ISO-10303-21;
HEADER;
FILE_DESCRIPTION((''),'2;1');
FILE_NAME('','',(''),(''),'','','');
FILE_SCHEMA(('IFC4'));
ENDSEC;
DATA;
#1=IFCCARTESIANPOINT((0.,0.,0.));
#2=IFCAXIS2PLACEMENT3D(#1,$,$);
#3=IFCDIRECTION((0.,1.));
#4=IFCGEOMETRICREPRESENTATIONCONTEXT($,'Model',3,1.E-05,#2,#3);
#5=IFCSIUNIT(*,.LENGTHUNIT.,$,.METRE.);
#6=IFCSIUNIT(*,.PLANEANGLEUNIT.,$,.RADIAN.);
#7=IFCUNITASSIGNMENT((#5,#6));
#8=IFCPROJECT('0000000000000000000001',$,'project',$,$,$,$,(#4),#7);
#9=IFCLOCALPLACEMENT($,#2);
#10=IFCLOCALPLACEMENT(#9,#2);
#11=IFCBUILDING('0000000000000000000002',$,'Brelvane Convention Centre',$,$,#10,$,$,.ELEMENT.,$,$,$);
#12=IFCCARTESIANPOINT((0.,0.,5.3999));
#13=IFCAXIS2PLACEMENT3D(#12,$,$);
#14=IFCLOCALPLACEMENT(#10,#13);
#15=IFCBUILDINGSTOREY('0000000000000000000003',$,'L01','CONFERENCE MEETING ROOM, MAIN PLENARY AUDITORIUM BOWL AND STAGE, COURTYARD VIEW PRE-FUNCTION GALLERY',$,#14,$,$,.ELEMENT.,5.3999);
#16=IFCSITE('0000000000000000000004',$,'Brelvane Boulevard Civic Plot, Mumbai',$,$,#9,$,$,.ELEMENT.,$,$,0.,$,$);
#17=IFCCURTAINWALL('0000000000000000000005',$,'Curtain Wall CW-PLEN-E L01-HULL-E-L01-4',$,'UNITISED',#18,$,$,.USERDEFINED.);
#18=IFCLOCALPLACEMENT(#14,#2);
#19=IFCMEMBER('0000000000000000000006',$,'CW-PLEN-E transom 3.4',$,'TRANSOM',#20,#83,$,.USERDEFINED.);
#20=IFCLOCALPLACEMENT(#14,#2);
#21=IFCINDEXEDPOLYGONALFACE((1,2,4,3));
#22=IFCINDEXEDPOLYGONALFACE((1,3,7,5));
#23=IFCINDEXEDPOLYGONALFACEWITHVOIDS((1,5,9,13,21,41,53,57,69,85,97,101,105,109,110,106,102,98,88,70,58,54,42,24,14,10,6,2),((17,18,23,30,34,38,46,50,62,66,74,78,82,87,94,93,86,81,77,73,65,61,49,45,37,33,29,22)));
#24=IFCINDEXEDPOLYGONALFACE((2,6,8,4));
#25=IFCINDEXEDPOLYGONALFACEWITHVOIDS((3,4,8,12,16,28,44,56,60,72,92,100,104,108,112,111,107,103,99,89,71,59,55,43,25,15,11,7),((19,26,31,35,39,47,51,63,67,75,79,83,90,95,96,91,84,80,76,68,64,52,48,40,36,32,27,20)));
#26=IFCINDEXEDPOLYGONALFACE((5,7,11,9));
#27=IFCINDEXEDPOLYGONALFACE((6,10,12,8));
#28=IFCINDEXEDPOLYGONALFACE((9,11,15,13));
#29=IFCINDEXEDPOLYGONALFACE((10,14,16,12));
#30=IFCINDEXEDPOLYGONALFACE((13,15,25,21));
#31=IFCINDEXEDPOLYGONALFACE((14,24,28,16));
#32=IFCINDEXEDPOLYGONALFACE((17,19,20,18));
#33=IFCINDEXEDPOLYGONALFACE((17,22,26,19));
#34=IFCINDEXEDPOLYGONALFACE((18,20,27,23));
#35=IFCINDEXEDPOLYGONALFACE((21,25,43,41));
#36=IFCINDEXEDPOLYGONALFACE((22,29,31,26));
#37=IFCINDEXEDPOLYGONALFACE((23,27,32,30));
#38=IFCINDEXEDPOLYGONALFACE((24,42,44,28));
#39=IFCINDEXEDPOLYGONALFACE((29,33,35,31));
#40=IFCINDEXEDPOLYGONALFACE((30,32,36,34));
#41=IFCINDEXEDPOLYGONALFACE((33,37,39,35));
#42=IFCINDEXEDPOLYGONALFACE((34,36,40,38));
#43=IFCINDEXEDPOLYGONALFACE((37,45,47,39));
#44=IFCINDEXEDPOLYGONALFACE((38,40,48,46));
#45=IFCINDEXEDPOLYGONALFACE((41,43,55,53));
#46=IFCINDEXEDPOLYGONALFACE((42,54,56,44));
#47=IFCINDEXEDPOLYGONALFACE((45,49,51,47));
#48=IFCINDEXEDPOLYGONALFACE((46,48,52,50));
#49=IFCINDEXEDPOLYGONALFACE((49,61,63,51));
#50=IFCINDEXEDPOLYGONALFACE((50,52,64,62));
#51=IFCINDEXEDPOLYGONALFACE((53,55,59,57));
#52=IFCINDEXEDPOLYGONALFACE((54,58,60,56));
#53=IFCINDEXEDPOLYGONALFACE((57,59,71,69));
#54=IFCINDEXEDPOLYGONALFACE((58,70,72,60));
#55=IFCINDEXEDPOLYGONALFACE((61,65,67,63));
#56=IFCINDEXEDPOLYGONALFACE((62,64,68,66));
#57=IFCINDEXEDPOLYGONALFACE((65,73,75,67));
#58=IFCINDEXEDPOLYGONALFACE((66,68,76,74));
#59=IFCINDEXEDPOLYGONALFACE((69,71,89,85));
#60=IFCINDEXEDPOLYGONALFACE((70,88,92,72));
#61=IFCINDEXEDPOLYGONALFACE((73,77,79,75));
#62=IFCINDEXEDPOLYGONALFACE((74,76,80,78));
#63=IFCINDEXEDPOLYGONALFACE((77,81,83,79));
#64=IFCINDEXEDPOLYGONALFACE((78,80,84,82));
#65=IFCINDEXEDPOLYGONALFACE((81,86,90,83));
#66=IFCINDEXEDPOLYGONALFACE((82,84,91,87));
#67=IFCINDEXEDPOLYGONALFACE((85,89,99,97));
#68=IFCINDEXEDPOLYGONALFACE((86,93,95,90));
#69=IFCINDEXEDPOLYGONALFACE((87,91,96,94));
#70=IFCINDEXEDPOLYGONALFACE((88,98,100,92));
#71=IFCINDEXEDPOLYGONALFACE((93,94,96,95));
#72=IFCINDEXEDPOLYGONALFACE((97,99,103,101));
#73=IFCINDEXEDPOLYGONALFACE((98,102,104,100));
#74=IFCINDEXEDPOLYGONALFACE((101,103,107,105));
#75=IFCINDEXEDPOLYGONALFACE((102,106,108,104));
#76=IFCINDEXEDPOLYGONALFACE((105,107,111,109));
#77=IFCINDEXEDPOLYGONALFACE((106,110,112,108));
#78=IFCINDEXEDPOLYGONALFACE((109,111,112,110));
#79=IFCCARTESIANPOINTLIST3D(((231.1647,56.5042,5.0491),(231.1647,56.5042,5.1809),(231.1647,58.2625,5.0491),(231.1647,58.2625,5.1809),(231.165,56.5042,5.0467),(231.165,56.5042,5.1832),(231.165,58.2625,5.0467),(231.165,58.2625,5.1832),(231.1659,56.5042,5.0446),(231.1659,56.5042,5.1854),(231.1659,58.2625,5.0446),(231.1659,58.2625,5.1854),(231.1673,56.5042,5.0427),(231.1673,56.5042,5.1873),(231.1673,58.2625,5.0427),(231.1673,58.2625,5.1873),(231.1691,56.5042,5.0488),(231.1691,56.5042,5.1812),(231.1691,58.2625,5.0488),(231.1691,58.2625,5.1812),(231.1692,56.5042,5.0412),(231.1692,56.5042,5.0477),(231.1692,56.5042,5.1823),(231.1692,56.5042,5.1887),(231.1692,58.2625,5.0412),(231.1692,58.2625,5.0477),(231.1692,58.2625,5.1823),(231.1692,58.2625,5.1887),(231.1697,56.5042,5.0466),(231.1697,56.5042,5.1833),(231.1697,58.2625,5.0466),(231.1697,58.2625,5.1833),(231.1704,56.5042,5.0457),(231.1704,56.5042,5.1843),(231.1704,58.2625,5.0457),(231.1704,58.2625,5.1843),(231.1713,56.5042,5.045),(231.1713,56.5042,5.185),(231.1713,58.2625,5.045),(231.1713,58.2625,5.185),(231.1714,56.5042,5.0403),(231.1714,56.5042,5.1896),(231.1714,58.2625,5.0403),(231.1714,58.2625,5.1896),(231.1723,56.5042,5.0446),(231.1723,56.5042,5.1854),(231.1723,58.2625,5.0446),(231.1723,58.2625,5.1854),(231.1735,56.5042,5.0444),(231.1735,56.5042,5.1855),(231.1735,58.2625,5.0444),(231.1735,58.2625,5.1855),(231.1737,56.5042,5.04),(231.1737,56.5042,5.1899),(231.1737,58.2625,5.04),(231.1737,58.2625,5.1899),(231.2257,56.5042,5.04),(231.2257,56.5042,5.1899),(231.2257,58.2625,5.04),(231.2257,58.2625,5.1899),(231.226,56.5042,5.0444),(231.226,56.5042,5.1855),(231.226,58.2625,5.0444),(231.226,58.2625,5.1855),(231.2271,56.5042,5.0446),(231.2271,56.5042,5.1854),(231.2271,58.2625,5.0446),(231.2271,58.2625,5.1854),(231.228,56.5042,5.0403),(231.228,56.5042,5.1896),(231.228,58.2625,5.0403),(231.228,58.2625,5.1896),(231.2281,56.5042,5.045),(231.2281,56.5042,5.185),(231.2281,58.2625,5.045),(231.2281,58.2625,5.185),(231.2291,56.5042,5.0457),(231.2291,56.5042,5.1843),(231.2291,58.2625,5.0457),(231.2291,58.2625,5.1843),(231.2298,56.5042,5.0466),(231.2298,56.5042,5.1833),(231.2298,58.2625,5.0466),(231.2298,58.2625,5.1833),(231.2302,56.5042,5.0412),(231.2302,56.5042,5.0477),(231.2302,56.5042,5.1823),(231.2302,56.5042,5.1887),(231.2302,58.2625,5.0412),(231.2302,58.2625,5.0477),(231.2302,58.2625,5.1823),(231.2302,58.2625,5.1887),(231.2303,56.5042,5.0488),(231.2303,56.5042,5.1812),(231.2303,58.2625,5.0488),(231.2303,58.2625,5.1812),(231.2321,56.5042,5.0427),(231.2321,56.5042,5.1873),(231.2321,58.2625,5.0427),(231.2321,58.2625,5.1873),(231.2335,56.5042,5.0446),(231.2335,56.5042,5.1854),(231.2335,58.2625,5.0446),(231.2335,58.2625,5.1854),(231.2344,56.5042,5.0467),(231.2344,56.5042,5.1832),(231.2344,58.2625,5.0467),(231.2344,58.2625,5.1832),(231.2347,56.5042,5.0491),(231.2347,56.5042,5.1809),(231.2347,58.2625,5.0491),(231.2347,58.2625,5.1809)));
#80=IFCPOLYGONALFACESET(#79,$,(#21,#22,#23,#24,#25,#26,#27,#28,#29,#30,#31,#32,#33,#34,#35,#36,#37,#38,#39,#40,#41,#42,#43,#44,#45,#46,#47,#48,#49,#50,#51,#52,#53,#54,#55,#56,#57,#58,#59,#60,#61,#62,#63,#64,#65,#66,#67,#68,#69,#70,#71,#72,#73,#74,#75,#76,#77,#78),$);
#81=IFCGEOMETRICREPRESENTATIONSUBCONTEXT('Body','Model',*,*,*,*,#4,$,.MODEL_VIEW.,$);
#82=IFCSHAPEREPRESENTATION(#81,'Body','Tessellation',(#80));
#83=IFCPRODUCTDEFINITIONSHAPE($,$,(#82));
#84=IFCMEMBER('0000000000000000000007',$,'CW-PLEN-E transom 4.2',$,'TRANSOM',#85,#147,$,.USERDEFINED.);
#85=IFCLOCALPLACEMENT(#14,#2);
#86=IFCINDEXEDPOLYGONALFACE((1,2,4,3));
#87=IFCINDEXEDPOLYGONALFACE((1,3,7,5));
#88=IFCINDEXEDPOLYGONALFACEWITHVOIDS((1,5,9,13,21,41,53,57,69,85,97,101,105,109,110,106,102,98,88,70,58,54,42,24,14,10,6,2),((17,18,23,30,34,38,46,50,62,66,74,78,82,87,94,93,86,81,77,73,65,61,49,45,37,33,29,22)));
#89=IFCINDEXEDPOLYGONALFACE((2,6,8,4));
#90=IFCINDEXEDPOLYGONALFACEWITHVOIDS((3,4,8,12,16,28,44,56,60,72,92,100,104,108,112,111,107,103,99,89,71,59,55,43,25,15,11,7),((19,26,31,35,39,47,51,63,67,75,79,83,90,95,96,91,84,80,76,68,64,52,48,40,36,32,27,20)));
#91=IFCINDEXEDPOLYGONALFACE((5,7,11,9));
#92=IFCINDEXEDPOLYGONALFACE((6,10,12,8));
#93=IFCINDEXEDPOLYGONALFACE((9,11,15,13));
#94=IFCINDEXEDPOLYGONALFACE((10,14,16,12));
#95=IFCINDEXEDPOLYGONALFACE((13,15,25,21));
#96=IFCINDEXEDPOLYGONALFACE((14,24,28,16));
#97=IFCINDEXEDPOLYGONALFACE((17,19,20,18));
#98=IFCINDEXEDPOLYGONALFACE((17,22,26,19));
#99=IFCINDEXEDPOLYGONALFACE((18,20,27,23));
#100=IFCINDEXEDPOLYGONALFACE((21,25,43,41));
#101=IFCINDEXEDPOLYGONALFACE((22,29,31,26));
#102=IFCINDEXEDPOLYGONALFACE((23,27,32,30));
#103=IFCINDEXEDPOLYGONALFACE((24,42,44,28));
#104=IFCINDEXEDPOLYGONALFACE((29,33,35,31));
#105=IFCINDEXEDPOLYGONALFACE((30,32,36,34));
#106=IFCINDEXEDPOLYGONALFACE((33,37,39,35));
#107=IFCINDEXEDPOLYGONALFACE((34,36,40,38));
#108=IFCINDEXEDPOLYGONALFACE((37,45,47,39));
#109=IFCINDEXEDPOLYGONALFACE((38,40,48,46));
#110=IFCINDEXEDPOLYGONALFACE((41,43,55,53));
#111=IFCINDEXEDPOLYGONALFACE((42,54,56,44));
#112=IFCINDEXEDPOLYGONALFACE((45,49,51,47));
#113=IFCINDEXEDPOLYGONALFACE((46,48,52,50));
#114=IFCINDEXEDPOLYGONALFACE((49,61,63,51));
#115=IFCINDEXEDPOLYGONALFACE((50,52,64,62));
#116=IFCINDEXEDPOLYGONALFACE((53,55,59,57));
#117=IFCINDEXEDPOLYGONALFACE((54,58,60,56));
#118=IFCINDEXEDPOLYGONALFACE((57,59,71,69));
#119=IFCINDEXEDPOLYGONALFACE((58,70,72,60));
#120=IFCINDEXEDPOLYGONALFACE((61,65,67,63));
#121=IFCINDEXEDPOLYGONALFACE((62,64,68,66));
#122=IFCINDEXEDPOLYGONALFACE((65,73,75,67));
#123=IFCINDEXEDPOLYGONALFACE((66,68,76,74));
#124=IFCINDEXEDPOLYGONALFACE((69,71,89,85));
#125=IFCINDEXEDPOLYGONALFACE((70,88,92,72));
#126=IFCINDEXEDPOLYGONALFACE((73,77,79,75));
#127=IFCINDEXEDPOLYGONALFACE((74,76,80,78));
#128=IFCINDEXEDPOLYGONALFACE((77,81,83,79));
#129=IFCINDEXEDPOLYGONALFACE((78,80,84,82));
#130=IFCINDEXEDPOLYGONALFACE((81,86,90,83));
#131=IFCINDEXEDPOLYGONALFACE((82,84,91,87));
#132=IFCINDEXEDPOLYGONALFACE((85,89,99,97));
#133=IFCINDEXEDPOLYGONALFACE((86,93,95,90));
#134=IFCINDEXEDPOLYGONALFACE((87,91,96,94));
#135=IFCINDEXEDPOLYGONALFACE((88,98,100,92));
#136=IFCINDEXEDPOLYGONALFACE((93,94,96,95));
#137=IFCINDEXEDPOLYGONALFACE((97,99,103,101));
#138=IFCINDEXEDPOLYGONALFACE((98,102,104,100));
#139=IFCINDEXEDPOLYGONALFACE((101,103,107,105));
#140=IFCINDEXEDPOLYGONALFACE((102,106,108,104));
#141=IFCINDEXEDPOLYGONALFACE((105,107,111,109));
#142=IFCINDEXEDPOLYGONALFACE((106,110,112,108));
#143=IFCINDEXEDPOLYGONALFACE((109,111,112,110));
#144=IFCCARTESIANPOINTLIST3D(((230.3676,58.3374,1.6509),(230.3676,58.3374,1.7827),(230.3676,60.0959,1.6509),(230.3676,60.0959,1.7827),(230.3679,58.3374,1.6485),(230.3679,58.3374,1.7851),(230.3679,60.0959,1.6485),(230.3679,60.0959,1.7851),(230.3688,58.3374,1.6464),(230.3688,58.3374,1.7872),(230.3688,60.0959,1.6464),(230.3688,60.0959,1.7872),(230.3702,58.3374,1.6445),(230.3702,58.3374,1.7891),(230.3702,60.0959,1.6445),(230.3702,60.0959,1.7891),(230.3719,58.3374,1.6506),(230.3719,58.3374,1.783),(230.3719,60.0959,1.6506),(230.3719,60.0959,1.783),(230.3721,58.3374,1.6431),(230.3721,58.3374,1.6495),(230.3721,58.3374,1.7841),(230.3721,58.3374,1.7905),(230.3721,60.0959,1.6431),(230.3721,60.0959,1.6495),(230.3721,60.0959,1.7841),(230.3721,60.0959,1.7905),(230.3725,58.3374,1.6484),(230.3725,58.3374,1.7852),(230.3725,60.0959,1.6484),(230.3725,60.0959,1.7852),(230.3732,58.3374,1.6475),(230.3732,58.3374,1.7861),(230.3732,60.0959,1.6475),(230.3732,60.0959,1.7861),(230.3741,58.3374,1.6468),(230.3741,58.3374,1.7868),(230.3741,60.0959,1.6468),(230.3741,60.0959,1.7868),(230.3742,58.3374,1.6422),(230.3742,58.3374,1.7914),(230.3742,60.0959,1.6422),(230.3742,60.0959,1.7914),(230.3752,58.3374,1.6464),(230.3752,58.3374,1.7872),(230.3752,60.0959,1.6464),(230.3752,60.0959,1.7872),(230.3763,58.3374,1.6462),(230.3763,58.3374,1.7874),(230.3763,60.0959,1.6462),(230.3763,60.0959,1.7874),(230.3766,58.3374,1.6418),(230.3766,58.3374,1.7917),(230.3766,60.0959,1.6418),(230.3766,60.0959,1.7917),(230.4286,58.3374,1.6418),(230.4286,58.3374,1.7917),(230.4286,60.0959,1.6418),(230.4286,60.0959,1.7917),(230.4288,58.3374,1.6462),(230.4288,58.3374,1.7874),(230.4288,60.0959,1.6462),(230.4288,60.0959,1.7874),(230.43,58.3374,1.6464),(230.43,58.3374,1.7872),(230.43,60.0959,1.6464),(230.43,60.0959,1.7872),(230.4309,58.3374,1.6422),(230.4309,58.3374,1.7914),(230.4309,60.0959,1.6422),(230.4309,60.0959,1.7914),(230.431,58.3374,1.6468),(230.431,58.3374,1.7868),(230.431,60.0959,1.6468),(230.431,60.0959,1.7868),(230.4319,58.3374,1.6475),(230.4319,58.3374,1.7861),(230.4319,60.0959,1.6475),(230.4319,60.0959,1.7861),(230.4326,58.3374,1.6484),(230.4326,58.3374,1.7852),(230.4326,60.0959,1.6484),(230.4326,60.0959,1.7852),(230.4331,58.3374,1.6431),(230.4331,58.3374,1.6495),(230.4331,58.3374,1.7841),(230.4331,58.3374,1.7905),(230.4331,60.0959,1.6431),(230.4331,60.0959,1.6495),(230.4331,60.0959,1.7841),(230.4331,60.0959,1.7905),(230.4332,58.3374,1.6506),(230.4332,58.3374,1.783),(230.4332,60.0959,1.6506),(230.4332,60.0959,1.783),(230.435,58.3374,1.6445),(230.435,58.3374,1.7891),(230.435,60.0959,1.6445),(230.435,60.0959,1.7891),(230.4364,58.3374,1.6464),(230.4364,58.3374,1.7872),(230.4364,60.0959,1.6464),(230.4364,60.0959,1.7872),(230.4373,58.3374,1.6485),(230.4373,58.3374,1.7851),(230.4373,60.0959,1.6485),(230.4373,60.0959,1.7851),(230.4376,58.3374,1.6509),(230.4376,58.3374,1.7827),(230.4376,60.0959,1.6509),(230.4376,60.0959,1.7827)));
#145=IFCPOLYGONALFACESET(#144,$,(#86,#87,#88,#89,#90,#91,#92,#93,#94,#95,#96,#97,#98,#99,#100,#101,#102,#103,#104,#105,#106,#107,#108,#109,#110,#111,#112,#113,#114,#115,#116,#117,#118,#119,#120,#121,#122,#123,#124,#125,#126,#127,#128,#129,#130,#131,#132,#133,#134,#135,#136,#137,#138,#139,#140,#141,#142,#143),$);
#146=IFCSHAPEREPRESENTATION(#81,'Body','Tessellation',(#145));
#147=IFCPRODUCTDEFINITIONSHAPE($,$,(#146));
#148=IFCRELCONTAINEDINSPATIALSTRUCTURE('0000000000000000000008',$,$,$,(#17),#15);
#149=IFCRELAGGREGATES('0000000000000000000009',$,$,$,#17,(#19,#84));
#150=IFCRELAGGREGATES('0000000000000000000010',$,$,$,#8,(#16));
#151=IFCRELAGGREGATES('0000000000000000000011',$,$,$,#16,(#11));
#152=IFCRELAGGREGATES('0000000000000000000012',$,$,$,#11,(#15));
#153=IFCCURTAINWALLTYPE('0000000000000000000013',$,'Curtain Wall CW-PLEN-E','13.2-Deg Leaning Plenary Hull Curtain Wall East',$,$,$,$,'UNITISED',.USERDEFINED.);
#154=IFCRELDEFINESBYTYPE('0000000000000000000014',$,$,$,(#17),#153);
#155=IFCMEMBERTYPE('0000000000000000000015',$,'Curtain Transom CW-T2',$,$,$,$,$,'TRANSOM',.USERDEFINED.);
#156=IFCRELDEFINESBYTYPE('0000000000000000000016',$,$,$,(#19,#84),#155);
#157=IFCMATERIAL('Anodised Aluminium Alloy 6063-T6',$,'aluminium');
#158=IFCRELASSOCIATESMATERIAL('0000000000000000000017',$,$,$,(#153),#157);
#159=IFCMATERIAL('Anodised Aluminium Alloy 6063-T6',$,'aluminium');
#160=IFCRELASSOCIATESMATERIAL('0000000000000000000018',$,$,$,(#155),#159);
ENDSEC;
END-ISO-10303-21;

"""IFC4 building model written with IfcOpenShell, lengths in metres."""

from ifc_helpers import new_model, si_unit, direction, frame, origin, origin_2d, place, context, subcontext, project, spatial, hollow_rectangle, extrude, material, material_profile, profile_set, type_object, element, aggregate, save


model = new_model("IFC4")

# Units and contexts
model_context = context("Model", 3, precision=1e-05, world=origin(), true_north=direction((0.0, 1.0)))
body_context = subcontext(model_context, "Body", "Model", "MODEL_VIEW")
ifc_project = project(units=[si_unit("LENGTHUNIT", "METRE"), si_unit("PLANEANGLEUNIT", "RADIAN")], contexts=[model_context])

# Site, building, storey
site_placement = place(None, origin())
site = spatial("IfcSite", under=ifc_project, at=site_placement, Name="Brelvane Boulevard Civic Plot, Mumbai", CompositionType="ELEMENT", RefElevation=0.0)
building_placement = place(site_placement, origin())
building = spatial("IfcBuilding", under=site, at=building_placement, Name="Brelvane Convention Centre", CompositionType="ELEMENT")
storey_placement = place(building_placement, frame((0.0, 0.0, 5.3999)))
storey = spatial("IfcBuildingStorey", under=building, at=storey_placement, Name="L01", Description="CONFERENCE MEETING ROOM, MAIN PLENARY AUDITORIUM BOWL AND STAGE, COURTYARD VIEW PRE-FUNCTION GALLERY", CompositionType="ELEMENT", Elevation=5.3999)

# Curtain wall, members
ifc_material_1 = material(Name="Anodised Aluminium Alloy 6063-T6", Category="aluminium")
curtain_wall_type = type_object("IfcCurtainWallType", Name="Curtain Wall CW-PLEN-E", Description="13.2-Deg Leaning Plenary Hull Curtain Wall East", ElementType="UNITISED", PredefinedType="USERDEFINED", material=ifc_material_1)
curtain_wall_1_placement = place(storey_placement, origin())
curtain_wall_1 = element("IfcCurtainWall", 1, at=curtain_wall_1_placement, inside=storey, type_object=curtain_wall_type, Name="Curtain Wall CW-PLEN-E L01-HULL-E-L01-4", ObjectType="UNITISED", PredefinedType="USERDEFINED")
ifc_material_2 = material(Name="Anodised Aluminium Alloy 6063-T6", Category="aluminium")
ifc_material_profile = material_profile(ifc_material_2, hollow_rectangle(XDim=0.0701, YDim=0.1499, WallThickness=0.0044, InnerFilletRadius=0.0044, OuterFilletRadius=0.009, at=origin_2d()), Name="ALU-T 150x70x4.5")
ifc_profile_set = profile_set([ifc_material_profile], Name="Anodised Aluminium Alloy 6063-T6")
member_type = type_object("IfcMemberType", Name="Curtain Transom CW-T2", ElementType="TRANSOM", PredefinedType="USERDEFINED", material=ifc_profile_set)
member_1_placement = place(storey_placement, frame((231.1997, 56.5042, 5.115), z_axis=(0.0, 1.0, 0.0), x_axis=(-1.0, 0.0, 0.0)))
member_1 = element("IfcMember", 2, at=member_1_placement, type_object=member_type, Name="CW-PLEN-E transom 3.4", ObjectType="TRANSOM", PredefinedType="USERDEFINED", context=body_context, shape_type="SweptSolid", body=[
    extrude(hollow_rectangle(XDim=0.0701, YDim=0.1499, WallThickness=0.0044, InnerFilletRadius=0.0044, OuterFilletRadius=0.009, at=origin_2d()), origin(), (0.0, 0.0, 1.0), 1.7583),
])
member_2_placement = place(storey_placement, frame((230.4026, 58.3374, 1.7168), z_axis=(0.0, 1.0, 0.0), x_axis=(-1.0, 0.0, 0.0)))
member_2 = element("IfcMember", 3, at=member_2_placement, type_object=member_type, Name="CW-PLEN-E transom 4.2", ObjectType="TRANSOM", PredefinedType="USERDEFINED", context=body_context, shape_type="SweptSolid", body=[
    extrude(hollow_rectangle(XDim=0.0701, YDim=0.1499, WallThickness=0.0044, InnerFilletRadius=0.0044, OuterFilletRadius=0.009, at=origin_2d()), origin(), (0.0, 0.0, 1.0), 1.7585),
])
aggregate(curtain_wall_1, [member_1, member_2])

save(model, "model.ifc")
